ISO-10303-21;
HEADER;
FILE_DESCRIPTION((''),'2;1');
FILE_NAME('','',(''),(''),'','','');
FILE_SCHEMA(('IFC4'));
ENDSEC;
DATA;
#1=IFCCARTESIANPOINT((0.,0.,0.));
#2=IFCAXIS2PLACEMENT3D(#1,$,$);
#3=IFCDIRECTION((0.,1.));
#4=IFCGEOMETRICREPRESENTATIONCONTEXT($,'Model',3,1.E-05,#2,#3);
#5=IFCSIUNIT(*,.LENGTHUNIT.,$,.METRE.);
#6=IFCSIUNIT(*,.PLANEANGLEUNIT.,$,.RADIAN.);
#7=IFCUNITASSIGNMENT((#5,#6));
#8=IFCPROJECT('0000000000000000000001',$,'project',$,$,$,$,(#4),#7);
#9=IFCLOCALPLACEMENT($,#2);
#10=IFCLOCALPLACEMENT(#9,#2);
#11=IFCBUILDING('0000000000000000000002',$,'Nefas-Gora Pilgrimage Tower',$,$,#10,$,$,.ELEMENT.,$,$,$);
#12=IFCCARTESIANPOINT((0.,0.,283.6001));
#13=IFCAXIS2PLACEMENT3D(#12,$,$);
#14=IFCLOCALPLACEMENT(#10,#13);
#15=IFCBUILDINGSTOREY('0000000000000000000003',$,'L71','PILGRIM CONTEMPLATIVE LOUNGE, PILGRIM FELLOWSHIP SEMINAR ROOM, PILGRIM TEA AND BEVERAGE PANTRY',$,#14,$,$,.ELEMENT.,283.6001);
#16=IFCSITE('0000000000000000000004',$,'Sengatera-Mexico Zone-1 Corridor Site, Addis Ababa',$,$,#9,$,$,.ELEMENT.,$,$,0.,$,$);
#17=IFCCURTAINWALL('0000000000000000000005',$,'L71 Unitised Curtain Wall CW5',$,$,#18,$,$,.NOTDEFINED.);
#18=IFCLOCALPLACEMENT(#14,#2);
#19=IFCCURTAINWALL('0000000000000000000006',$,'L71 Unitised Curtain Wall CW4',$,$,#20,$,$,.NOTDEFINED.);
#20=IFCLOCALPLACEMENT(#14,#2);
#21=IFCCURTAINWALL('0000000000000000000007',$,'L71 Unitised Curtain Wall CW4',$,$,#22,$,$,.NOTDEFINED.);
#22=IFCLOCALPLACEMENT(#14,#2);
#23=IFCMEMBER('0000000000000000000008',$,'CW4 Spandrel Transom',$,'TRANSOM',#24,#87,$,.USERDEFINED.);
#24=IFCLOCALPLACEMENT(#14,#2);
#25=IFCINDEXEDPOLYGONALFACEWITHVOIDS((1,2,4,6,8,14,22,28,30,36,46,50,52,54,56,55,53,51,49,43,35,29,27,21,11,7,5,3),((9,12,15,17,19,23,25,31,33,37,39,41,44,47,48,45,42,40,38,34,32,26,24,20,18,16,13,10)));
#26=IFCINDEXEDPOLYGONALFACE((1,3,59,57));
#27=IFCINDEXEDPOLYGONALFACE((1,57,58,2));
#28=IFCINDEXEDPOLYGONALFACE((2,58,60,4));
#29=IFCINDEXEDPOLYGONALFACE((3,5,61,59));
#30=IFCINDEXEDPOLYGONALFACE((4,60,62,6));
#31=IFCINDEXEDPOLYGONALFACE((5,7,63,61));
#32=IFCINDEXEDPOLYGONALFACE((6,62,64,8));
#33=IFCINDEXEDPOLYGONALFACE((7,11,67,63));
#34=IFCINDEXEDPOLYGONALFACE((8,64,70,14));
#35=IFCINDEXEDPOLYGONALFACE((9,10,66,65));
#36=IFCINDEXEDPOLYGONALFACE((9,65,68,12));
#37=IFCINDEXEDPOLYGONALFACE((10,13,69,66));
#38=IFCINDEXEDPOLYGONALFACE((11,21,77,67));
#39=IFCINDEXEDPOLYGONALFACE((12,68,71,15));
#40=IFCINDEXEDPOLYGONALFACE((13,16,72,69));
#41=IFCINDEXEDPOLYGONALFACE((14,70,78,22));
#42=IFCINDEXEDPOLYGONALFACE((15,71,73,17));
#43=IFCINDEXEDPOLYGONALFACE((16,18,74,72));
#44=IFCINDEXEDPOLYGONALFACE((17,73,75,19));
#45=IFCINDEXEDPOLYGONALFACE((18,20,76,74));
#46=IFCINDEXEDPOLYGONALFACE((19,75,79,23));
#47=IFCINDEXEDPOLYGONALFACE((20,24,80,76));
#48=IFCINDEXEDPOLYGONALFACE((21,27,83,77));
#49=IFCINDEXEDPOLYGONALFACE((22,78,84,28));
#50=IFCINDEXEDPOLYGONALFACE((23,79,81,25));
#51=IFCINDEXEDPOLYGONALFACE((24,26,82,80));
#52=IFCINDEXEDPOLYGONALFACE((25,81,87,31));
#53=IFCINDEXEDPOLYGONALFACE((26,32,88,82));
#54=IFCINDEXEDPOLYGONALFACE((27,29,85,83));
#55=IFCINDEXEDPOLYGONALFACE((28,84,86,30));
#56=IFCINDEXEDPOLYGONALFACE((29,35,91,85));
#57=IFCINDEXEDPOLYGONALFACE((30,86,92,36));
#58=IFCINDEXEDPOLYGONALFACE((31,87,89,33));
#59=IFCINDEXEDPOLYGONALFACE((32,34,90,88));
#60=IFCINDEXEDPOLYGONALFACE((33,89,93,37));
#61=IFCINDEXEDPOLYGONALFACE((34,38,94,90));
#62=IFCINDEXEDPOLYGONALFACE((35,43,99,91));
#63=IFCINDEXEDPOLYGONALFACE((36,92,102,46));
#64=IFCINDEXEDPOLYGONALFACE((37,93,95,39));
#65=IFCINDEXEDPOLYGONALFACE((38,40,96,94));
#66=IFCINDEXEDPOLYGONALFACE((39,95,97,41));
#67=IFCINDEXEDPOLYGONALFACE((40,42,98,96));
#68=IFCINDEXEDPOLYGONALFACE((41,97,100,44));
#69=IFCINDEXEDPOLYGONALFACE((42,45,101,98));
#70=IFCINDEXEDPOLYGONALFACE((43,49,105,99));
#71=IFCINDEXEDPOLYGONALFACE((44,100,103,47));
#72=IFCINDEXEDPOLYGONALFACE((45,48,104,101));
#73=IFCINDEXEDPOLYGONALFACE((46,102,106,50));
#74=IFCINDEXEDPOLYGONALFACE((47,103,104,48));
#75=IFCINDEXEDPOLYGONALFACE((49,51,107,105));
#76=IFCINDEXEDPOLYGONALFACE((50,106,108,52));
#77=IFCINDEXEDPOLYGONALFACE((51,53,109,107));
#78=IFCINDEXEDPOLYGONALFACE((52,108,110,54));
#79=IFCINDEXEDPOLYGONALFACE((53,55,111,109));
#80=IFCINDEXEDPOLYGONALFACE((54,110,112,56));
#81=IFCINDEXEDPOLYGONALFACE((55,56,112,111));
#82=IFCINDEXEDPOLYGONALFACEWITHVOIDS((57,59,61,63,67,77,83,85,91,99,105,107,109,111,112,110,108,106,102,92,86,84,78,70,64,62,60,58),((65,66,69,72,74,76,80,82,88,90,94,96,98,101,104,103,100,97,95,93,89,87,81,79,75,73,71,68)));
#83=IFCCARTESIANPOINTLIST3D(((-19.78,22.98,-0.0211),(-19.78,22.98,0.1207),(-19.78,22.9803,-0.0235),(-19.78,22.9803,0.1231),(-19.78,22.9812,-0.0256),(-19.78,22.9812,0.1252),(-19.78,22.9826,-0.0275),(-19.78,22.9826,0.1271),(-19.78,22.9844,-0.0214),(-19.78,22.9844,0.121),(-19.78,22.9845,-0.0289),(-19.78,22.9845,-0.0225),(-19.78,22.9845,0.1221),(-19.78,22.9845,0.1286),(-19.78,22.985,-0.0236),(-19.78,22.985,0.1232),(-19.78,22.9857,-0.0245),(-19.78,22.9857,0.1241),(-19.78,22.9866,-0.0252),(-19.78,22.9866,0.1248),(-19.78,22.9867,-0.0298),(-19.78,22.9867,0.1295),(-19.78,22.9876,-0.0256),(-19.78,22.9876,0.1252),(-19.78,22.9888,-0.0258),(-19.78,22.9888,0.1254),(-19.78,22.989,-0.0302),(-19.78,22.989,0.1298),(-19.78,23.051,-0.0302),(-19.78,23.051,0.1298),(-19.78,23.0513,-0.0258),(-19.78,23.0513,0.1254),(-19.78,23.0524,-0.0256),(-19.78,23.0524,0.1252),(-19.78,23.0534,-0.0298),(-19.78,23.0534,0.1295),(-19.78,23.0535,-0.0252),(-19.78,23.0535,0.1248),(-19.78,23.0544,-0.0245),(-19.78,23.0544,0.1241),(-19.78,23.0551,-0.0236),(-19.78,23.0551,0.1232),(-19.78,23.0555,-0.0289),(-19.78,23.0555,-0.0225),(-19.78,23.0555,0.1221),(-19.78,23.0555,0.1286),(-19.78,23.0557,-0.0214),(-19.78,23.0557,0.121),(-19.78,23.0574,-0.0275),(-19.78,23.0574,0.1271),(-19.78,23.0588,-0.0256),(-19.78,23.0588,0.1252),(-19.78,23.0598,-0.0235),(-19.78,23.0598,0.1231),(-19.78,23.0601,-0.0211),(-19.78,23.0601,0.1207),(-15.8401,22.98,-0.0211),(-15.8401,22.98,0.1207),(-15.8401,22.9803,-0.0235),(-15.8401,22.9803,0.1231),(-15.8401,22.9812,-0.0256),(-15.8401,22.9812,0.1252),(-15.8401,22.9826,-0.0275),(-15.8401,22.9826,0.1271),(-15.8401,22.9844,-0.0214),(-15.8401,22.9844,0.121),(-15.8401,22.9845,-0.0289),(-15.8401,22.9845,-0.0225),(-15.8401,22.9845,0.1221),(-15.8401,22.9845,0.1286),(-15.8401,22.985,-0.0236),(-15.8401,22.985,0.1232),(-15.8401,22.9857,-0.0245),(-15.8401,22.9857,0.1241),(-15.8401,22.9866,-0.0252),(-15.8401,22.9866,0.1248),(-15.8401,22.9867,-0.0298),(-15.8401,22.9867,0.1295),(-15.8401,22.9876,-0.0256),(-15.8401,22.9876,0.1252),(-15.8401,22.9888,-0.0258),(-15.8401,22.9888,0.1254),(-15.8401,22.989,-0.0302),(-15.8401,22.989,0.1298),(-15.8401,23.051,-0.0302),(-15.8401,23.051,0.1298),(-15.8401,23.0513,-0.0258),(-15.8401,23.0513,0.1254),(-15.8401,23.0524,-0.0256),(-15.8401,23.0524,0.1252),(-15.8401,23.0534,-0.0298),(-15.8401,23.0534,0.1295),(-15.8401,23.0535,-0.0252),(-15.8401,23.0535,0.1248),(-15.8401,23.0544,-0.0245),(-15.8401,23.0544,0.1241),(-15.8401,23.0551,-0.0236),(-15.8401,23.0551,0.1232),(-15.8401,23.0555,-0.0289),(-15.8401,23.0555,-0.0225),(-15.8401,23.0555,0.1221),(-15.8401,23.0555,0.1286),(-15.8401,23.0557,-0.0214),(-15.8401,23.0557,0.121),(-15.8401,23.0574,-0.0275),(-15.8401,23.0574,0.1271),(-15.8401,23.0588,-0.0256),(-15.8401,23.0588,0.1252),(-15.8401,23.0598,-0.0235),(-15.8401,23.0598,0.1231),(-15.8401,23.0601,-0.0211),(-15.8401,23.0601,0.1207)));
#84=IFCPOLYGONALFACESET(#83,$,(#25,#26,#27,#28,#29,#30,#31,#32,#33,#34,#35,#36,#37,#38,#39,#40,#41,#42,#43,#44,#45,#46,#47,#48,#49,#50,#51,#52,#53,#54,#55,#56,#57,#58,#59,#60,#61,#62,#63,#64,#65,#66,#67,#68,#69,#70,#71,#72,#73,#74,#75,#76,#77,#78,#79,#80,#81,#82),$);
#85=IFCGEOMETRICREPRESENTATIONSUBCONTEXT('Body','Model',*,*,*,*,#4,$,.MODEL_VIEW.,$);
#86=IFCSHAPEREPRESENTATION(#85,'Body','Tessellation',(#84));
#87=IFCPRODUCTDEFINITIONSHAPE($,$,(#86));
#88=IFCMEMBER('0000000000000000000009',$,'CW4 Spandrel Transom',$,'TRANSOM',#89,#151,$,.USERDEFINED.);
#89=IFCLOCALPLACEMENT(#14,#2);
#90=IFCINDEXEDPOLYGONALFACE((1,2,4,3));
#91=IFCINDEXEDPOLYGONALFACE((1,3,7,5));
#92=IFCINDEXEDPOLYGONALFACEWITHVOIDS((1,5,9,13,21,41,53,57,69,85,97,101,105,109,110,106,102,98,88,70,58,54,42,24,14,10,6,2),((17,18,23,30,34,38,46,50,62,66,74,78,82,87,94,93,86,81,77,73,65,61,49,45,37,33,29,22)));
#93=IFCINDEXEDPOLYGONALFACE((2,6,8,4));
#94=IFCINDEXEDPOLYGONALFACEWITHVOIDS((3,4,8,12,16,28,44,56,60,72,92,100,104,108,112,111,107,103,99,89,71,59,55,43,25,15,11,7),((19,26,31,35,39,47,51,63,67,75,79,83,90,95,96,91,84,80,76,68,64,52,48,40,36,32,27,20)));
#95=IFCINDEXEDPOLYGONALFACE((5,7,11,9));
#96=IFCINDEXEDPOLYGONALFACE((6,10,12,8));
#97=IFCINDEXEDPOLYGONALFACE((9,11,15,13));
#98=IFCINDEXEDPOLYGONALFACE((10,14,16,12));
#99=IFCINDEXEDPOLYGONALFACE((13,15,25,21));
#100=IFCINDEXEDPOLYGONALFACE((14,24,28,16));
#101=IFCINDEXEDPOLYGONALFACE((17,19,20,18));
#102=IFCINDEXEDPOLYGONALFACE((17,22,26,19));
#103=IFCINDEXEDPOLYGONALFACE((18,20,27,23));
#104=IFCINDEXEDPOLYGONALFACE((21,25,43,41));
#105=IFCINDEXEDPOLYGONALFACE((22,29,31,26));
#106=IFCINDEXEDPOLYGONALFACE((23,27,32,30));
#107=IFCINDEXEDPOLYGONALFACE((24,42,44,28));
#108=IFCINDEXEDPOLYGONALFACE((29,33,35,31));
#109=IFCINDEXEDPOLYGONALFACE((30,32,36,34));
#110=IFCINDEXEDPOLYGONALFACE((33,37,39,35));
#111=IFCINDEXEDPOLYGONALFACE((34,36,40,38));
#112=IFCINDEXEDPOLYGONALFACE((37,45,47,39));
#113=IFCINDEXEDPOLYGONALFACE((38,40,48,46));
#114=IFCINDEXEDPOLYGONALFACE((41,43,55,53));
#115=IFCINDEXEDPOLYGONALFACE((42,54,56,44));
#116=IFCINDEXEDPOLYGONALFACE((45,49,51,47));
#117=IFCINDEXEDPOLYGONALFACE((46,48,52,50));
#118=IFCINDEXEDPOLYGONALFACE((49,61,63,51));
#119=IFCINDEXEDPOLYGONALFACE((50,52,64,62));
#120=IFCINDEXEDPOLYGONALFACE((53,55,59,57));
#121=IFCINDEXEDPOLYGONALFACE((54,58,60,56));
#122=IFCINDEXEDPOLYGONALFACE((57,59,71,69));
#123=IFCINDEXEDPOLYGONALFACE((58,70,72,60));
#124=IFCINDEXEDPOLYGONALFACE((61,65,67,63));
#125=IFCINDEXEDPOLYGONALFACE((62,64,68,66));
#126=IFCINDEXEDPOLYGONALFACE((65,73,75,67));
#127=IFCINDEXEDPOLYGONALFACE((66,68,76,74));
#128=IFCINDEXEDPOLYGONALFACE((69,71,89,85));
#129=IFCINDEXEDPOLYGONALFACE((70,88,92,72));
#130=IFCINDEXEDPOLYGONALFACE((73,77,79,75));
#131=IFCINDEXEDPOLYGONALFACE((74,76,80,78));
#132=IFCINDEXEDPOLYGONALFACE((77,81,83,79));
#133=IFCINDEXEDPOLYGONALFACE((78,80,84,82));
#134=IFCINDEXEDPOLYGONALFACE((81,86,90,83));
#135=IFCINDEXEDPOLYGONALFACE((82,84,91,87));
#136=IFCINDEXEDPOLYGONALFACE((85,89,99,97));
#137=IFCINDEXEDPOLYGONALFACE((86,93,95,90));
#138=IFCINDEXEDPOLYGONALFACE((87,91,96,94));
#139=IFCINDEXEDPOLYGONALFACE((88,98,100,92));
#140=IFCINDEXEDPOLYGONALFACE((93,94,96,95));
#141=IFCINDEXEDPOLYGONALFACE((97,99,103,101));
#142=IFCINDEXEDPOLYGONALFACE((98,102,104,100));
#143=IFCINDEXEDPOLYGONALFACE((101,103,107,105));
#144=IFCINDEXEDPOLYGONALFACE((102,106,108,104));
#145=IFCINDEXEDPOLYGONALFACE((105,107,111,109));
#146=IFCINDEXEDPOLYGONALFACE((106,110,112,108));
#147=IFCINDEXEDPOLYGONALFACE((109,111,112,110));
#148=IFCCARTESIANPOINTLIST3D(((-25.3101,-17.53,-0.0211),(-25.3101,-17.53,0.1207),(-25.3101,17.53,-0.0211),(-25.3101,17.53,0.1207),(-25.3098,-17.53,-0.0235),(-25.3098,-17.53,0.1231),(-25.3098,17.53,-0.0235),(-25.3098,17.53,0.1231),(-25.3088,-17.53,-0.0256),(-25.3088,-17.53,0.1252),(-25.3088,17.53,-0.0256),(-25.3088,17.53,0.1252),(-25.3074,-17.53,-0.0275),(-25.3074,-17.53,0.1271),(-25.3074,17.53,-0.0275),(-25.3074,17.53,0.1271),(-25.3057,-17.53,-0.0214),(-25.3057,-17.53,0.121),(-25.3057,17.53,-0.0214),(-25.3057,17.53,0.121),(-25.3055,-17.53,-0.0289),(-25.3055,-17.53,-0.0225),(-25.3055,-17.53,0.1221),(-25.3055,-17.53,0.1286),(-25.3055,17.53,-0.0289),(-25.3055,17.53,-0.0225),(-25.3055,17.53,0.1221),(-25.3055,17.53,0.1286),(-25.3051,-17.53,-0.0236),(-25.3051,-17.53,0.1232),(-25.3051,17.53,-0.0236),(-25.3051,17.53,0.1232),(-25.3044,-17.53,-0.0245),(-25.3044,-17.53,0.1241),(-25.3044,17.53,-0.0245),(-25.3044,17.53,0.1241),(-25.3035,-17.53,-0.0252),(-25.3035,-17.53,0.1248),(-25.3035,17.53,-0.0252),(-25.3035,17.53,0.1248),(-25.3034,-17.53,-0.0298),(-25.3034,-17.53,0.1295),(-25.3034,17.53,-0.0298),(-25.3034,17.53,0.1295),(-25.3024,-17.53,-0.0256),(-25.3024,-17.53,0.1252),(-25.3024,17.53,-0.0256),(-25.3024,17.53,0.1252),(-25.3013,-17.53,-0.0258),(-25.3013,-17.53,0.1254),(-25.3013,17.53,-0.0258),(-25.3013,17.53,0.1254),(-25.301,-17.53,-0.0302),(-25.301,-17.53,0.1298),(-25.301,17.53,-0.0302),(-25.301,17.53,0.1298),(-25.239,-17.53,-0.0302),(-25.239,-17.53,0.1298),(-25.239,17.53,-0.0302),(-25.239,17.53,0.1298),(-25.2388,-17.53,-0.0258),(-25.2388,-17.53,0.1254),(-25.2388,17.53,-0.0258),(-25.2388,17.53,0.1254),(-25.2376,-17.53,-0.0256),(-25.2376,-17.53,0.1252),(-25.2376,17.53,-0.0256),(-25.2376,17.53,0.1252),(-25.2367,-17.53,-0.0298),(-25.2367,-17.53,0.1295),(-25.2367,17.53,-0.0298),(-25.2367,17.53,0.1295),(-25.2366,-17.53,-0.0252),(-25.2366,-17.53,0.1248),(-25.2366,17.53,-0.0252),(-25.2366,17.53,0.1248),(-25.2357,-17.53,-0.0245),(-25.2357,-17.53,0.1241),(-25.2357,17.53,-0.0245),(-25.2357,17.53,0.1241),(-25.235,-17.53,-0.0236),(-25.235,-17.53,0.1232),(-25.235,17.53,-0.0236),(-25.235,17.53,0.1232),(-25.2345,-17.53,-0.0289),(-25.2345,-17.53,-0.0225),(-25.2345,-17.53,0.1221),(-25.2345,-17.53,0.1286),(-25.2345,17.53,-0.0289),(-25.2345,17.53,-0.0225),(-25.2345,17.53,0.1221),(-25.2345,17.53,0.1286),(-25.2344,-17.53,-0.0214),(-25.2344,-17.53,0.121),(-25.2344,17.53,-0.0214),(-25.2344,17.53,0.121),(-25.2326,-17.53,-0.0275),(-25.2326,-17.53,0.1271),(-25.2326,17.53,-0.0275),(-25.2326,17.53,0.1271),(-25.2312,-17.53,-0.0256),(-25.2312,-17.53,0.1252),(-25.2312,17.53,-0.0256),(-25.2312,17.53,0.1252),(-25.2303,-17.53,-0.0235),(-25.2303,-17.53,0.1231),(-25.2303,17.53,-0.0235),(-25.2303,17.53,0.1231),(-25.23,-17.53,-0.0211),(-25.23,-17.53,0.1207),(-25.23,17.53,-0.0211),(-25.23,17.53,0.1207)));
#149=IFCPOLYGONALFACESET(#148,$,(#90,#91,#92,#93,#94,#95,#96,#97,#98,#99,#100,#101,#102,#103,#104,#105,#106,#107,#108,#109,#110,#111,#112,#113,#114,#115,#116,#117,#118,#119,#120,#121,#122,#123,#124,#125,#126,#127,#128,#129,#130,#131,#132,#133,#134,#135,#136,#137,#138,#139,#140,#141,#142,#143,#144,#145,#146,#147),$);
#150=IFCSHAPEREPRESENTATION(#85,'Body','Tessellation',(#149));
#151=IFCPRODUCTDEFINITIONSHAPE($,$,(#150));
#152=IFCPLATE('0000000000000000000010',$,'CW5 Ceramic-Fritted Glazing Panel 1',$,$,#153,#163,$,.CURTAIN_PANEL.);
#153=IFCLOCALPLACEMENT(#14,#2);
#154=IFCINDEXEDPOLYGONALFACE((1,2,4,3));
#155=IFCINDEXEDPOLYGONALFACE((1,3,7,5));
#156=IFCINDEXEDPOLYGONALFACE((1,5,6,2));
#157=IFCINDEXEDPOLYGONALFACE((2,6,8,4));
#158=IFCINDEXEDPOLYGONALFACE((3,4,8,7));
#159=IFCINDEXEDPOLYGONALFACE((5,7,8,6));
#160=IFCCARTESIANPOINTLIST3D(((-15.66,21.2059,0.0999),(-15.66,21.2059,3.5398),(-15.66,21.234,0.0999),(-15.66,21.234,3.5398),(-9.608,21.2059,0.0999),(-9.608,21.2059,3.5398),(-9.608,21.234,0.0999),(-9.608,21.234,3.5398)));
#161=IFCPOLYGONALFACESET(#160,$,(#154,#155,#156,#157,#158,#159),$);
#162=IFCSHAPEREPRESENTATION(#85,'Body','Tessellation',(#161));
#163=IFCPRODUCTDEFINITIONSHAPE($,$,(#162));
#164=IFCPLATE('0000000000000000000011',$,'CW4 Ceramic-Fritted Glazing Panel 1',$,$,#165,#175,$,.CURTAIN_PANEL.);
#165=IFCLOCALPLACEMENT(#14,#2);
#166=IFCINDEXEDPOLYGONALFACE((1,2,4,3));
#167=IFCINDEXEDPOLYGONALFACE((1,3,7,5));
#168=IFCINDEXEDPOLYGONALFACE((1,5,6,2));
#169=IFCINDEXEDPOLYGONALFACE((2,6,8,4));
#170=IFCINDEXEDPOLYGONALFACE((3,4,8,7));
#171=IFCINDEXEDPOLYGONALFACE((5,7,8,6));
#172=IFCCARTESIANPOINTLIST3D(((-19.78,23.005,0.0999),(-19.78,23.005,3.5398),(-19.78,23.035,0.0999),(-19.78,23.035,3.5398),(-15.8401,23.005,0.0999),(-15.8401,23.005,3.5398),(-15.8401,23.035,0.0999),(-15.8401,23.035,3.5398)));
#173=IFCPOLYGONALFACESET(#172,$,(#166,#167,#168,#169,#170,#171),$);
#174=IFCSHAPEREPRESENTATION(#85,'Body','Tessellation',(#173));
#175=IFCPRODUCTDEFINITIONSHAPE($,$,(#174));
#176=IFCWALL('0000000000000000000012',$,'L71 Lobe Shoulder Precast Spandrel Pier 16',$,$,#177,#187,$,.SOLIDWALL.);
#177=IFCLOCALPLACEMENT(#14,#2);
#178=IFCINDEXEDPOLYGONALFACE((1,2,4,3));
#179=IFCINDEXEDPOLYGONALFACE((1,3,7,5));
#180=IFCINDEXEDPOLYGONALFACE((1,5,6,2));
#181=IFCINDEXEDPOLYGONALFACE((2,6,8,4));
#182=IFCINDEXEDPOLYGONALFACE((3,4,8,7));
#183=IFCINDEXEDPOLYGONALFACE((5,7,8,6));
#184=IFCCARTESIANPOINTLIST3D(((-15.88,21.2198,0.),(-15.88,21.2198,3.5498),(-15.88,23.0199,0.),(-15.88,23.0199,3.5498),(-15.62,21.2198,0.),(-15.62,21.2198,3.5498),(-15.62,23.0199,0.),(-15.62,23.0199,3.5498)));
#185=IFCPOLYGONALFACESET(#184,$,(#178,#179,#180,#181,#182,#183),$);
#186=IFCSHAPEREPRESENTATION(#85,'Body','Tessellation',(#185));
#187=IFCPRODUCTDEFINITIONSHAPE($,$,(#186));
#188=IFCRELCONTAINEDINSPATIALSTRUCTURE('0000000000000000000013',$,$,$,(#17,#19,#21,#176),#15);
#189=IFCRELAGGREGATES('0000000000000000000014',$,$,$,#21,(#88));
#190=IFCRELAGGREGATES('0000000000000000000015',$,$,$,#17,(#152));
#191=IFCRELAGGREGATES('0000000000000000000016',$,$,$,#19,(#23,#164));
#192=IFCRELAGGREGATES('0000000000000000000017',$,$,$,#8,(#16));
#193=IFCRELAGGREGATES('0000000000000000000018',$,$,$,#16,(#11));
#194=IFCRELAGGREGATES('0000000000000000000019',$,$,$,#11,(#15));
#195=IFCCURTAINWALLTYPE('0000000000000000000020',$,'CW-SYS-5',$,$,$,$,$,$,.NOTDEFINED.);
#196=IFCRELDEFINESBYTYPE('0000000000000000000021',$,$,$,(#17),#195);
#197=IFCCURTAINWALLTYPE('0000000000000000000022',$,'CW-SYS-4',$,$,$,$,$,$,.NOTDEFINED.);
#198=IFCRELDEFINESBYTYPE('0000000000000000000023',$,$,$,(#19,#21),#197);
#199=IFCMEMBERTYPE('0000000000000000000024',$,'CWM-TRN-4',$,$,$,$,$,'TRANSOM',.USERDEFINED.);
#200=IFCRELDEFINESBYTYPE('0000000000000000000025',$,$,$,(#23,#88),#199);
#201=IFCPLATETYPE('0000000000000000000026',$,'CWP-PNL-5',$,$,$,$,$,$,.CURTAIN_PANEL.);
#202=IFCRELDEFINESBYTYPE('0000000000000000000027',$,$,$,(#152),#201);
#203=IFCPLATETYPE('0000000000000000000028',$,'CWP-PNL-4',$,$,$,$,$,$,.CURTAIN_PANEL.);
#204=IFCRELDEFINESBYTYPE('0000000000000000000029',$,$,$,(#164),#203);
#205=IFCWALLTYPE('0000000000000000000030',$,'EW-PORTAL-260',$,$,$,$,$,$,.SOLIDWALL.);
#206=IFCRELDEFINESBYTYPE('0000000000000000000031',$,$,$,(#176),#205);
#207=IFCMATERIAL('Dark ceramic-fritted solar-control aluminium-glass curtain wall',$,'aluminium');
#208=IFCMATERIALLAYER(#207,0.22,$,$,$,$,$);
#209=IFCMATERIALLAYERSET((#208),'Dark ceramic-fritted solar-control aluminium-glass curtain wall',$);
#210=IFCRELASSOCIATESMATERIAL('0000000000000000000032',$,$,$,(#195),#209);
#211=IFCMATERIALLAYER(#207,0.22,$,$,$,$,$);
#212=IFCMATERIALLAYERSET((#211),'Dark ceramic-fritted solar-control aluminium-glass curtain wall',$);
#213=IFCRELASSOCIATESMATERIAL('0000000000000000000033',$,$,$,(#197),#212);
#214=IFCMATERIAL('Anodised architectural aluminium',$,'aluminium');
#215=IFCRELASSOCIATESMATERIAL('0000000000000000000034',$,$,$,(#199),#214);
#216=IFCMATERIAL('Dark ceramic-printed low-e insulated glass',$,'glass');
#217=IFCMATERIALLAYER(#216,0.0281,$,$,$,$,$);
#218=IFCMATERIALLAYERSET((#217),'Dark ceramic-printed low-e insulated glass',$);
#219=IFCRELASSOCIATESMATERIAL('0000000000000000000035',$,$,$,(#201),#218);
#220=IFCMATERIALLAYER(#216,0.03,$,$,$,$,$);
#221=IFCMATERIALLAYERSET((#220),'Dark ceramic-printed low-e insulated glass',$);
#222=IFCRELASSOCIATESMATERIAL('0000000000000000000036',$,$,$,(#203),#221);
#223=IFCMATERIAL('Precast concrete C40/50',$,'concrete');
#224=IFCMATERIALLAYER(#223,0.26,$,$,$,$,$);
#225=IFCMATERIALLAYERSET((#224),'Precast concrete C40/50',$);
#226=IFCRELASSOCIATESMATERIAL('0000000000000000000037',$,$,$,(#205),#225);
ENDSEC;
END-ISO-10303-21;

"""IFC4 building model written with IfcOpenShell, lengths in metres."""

from ifc_helpers import new_model, si_unit, direction, frame, frame_2d, origin, origin_2d, place, context, subcontext, project, spatial, rectangle, hollow_rectangle, extrude, source, transform, mapped, material, layer, layer_set, material_profile, profile_set, type_object, element, aggregate, save


model = new_model("IFC4")

# Units and contexts
model_context = context("Model", 3, precision=1e-05, world=origin(), true_north=direction((0.0, 1.0)))
body_context = subcontext(model_context, "Body", "Model", "MODEL_VIEW")
ifc_project = project(units=[si_unit("LENGTHUNIT", "METRE"), si_unit("PLANEANGLEUNIT", "RADIAN")], contexts=[model_context])

# Site, building, storey
site_placement = place(None, origin())
site = spatial("IfcSite", under=ifc_project, at=site_placement, Name="Sengatera-Mexico Zone-1 Corridor Site, Addis Ababa", CompositionType="ELEMENT", RefElevation=0.0)
building_placement = place(site_placement, origin())
building = spatial("IfcBuilding", under=site, at=building_placement, Name="Nefas-Gora Pilgrimage Tower", CompositionType="ELEMENT")
storey_placement = place(building_placement, frame((0.0, 0.0, 283.6001)))
storey = spatial("IfcBuildingStorey", under=building, at=storey_placement, Name="L71", Description="PILGRIM CONTEMPLATIVE LOUNGE, PILGRIM FELLOWSHIP SEMINAR ROOM, PILGRIM TEA AND BEVERAGE PANTRY", CompositionType="ELEMENT", Elevation=283.6001)

# Curtain wall
ifc_material_1 = material(Name="Dark ceramic-fritted solar-control aluminium-glass curtain wall", Category="aluminium")
ifc_layer_1 = layer(ifc_material_1, 0.22)
ifc_layer_set_1 = layer_set([ifc_layer_1], Name="Dark ceramic-fritted solar-control aluminium-glass curtain wall")
curtain_wall_type_1 = type_object("IfcCurtainWallType", Name="CW-SYS-5", PredefinedType="NOTDEFINED", material=ifc_layer_set_1)
curtain_wall_1_placement = place(storey_placement, origin())
curtain_wall_1 = element("IfcCurtainWall", 1, at=curtain_wall_1_placement, inside=storey, type_object=curtain_wall_type_1, Name="L71 Unitised Curtain Wall CW5", PredefinedType="NOTDEFINED")
ifc_material_2 = material(Name="Anodised architectural aluminium", Category="aluminium")

# Curtain wall
ifc_layer_2 = layer(ifc_material_1, 0.22)
ifc_layer_set_2 = layer_set([ifc_layer_2], Name="Dark ceramic-fritted solar-control aluminium-glass curtain wall")
curtain_wall_type_2 = type_object("IfcCurtainWallType", Name="CW-SYS-4", PredefinedType="NOTDEFINED", material=ifc_layer_set_2)
curtain_wall_2_placement = place(storey_placement, origin())
curtain_wall_2 = element("IfcCurtainWall", 2, at=curtain_wall_2_placement, inside=storey, type_object=curtain_wall_type_2, Name="L71 Unitised Curtain Wall CW4", PredefinedType="NOTDEFINED")

# Curtain wall
curtain_wall_3_placement = place(storey_placement, origin())
curtain_wall_3 = element("IfcCurtainWall", 3, at=curtain_wall_3_placement, inside=storey, type_object=curtain_wall_type_2, Name="L71 Unitised Curtain Wall CW4", PredefinedType="NOTDEFINED")

# Members
ifc_material_profile_1 = material_profile(ifc_material_2, hollow_rectangle(XDim=0.0801, YDim=0.1599, WallThickness=0.0044, InnerFilletRadius=0.0044, OuterFilletRadius=0.009, at=origin_2d()), Name="ALU TRANSOM 80x160")
ifc_profile_set_1 = profile_set([ifc_material_profile_1], Name="Anodised architectural aluminium")
member_type_1 = type_object("IfcMemberType", Name="CWM-TRN-4", ElementType="TRANSOM", PredefinedType="USERDEFINED", material=ifc_profile_set_1)
shared_shape_1 = source(origin(), body_context, "Body", "SweptSolid", [
    extrude(hollow_rectangle(XDim=0.0801, YDim=0.1599, WallThickness=0.0044, InnerFilletRadius=0.0044, OuterFilletRadius=0.009, at=origin_2d()), origin(), (0.0, 0.0, 1.0), 3.9399),
])
member_1_placement = place(storey_placement, frame((-15.8401, 23.02, 0.0498), z_axis=(-1.0, 0.0, 0.0), x_axis=(0.0, -1.0, 0.0)))
member_1 = element("IfcMember", 4, at=member_1_placement, type_object=member_type_1, Name="CW4 Spandrel Transom", ObjectType="TRANSOM", PredefinedType="USERDEFINED", context=body_context, shape_type="MappedRepresentation", body=[
    mapped(shared_shape_1, transform((0.0, 0.0, 0.0), x_axis=(1.0, 0.0, 0.0), y_axis=(0.0, 1.0, 0.0), z_axis=(0.0, 0.0, 1.0), scale=1.0)),
])
shared_shape_2 = source(origin(), body_context, "Body", "SweptSolid", [
    extrude(hollow_rectangle(XDim=0.0801, YDim=0.1599, WallThickness=0.0044, InnerFilletRadius=0.0044, OuterFilletRadius=0.009, at=origin_2d()), origin(), (0.0, 0.0, 1.0), 35.0601),
])
member_2_placement = place(storey_placement, frame((-25.27, 17.53, 0.0498), z_axis=(0.0, -1.0, 0.0), x_axis=(1.0, 0.0, 0.0)))
member_2 = element("IfcMember", 5, at=member_2_placement, type_object=member_type_1, Name="CW4 Spandrel Transom", ObjectType="TRANSOM", PredefinedType="USERDEFINED", context=body_context, shape_type="MappedRepresentation", body=[
    mapped(shared_shape_2, transform((0.0, 0.0, 0.0), x_axis=(1.0, 0.0, 0.0), y_axis=(0.0, 1.0, 0.0), z_axis=(0.0, 0.0, 1.0), scale=1.0)),
])
aggregate(curtain_wall_3, [member_2])

# Plates
ifc_material_3 = material(Name="Dark ceramic-printed low-e insulated glass", Category="glass")
ifc_layer_3 = layer(ifc_material_3, 0.0281)
ifc_layer_set_3 = layer_set([ifc_layer_3], Name="Dark ceramic-printed low-e insulated glass")
plate_type_1 = type_object("IfcPlateType", Name="CWP-PNL-5", PredefinedType="CURTAIN_PANEL", material=ifc_layer_set_3)
shared_shape_3 = source(origin(), body_context, "Body", "SweptSolid", [
    extrude(rectangle(XDim=6.052, YDim=0.0281, at=origin_2d()), origin(), (0.0, 0.0, 1.0), 3.4399),
])
plate_1_placement = place(storey_placement, frame((-12.634, 21.22, 0.0999), z_axis=(0.0, 0.0, 1.0), x_axis=(-1.0, 0.0, 0.0)))
plate_1 = element("IfcPlate", 6, at=plate_1_placement, type_object=plate_type_1, Name="CW5 Ceramic-Fritted Glazing Panel 1", PredefinedType="CURTAIN_PANEL", context=body_context, shape_type="MappedRepresentation", body=[
    mapped(shared_shape_3, transform((0.0, 0.0, 0.0), x_axis=(1.0, 0.0, 0.0), y_axis=(0.0, 1.0, 0.0), z_axis=(0.0, 0.0, 1.0), scale=1.0)),
])
aggregate(curtain_wall_1, [plate_1])
ifc_layer_4 = layer(ifc_material_3, 0.03)
ifc_layer_set_4 = layer_set([ifc_layer_4], Name="Dark ceramic-printed low-e insulated glass")
plate_type_2 = type_object("IfcPlateType", Name="CWP-PNL-4", PredefinedType="CURTAIN_PANEL", material=ifc_layer_set_4)
shared_shape_4 = source(origin(), body_context, "Body", "SweptSolid", [
    extrude(rectangle(XDim=3.9399, YDim=0.03, at=origin_2d()), origin(), (0.0, 0.0, 1.0), 3.4399),
])
plate_2_placement = place(storey_placement, frame((-17.8101, 23.02, 0.0999), z_axis=(0.0, 0.0, 1.0), x_axis=(-1.0, 0.0, 0.0)))
plate_2 = element("IfcPlate", 7, at=plate_2_placement, type_object=plate_type_2, Name="CW4 Ceramic-Fritted Glazing Panel 1", PredefinedType="CURTAIN_PANEL", context=body_context, shape_type="MappedRepresentation", body=[
    mapped(shared_shape_4, transform((0.0, 0.0, 0.0), x_axis=(1.0, 0.0, 0.0), y_axis=(0.0, 1.0, 0.0), z_axis=(0.0, 0.0, 1.0), scale=1.0)),
])
aggregate(curtain_wall_2, [member_1, plate_2])

# Wall
ifc_material_4 = material(Name="Precast concrete C40/50", Category="concrete")
ifc_layer_5 = layer(ifc_material_4, 0.26)
ifc_layer_set_5 = layer_set([ifc_layer_5], Name="Precast concrete C40/50")
wall_type_1 = type_object("IfcWallType", Name="EW-PORTAL-260", PredefinedType="SOLIDWALL", material=ifc_layer_set_5)
shared_shape_5 = source(origin(), body_context, "Body", "SweptSolid", [
    extrude(rectangle(XDim=1.8, YDim=0.26, at=frame_2d((0.8999, 0.0))), origin(), (0.0, 0.0, 1.0), 3.5498),
])
wall_1_placement = place(storey_placement, frame((-15.75, 21.22, 0.0), z_axis=(0.0, 0.0, 1.0), x_axis=(0.0, 1.0, 0.0)))
element("IfcWall", 8, at=wall_1_placement, inside=storey, type_object=wall_type_1, Name="L71 Lobe Shoulder Precast Spandrel Pier 16", PredefinedType="SOLIDWALL", context=body_context, shape_type="MappedRepresentation", body=[
    mapped(shared_shape_5, transform((0.0, 0.0, 0.0), x_axis=(1.0, 0.0, 0.0), y_axis=(0.0, 1.0, 0.0), z_axis=(0.0, 0.0, 1.0), scale=1.0)),
])

save(model, "model.ifc")
